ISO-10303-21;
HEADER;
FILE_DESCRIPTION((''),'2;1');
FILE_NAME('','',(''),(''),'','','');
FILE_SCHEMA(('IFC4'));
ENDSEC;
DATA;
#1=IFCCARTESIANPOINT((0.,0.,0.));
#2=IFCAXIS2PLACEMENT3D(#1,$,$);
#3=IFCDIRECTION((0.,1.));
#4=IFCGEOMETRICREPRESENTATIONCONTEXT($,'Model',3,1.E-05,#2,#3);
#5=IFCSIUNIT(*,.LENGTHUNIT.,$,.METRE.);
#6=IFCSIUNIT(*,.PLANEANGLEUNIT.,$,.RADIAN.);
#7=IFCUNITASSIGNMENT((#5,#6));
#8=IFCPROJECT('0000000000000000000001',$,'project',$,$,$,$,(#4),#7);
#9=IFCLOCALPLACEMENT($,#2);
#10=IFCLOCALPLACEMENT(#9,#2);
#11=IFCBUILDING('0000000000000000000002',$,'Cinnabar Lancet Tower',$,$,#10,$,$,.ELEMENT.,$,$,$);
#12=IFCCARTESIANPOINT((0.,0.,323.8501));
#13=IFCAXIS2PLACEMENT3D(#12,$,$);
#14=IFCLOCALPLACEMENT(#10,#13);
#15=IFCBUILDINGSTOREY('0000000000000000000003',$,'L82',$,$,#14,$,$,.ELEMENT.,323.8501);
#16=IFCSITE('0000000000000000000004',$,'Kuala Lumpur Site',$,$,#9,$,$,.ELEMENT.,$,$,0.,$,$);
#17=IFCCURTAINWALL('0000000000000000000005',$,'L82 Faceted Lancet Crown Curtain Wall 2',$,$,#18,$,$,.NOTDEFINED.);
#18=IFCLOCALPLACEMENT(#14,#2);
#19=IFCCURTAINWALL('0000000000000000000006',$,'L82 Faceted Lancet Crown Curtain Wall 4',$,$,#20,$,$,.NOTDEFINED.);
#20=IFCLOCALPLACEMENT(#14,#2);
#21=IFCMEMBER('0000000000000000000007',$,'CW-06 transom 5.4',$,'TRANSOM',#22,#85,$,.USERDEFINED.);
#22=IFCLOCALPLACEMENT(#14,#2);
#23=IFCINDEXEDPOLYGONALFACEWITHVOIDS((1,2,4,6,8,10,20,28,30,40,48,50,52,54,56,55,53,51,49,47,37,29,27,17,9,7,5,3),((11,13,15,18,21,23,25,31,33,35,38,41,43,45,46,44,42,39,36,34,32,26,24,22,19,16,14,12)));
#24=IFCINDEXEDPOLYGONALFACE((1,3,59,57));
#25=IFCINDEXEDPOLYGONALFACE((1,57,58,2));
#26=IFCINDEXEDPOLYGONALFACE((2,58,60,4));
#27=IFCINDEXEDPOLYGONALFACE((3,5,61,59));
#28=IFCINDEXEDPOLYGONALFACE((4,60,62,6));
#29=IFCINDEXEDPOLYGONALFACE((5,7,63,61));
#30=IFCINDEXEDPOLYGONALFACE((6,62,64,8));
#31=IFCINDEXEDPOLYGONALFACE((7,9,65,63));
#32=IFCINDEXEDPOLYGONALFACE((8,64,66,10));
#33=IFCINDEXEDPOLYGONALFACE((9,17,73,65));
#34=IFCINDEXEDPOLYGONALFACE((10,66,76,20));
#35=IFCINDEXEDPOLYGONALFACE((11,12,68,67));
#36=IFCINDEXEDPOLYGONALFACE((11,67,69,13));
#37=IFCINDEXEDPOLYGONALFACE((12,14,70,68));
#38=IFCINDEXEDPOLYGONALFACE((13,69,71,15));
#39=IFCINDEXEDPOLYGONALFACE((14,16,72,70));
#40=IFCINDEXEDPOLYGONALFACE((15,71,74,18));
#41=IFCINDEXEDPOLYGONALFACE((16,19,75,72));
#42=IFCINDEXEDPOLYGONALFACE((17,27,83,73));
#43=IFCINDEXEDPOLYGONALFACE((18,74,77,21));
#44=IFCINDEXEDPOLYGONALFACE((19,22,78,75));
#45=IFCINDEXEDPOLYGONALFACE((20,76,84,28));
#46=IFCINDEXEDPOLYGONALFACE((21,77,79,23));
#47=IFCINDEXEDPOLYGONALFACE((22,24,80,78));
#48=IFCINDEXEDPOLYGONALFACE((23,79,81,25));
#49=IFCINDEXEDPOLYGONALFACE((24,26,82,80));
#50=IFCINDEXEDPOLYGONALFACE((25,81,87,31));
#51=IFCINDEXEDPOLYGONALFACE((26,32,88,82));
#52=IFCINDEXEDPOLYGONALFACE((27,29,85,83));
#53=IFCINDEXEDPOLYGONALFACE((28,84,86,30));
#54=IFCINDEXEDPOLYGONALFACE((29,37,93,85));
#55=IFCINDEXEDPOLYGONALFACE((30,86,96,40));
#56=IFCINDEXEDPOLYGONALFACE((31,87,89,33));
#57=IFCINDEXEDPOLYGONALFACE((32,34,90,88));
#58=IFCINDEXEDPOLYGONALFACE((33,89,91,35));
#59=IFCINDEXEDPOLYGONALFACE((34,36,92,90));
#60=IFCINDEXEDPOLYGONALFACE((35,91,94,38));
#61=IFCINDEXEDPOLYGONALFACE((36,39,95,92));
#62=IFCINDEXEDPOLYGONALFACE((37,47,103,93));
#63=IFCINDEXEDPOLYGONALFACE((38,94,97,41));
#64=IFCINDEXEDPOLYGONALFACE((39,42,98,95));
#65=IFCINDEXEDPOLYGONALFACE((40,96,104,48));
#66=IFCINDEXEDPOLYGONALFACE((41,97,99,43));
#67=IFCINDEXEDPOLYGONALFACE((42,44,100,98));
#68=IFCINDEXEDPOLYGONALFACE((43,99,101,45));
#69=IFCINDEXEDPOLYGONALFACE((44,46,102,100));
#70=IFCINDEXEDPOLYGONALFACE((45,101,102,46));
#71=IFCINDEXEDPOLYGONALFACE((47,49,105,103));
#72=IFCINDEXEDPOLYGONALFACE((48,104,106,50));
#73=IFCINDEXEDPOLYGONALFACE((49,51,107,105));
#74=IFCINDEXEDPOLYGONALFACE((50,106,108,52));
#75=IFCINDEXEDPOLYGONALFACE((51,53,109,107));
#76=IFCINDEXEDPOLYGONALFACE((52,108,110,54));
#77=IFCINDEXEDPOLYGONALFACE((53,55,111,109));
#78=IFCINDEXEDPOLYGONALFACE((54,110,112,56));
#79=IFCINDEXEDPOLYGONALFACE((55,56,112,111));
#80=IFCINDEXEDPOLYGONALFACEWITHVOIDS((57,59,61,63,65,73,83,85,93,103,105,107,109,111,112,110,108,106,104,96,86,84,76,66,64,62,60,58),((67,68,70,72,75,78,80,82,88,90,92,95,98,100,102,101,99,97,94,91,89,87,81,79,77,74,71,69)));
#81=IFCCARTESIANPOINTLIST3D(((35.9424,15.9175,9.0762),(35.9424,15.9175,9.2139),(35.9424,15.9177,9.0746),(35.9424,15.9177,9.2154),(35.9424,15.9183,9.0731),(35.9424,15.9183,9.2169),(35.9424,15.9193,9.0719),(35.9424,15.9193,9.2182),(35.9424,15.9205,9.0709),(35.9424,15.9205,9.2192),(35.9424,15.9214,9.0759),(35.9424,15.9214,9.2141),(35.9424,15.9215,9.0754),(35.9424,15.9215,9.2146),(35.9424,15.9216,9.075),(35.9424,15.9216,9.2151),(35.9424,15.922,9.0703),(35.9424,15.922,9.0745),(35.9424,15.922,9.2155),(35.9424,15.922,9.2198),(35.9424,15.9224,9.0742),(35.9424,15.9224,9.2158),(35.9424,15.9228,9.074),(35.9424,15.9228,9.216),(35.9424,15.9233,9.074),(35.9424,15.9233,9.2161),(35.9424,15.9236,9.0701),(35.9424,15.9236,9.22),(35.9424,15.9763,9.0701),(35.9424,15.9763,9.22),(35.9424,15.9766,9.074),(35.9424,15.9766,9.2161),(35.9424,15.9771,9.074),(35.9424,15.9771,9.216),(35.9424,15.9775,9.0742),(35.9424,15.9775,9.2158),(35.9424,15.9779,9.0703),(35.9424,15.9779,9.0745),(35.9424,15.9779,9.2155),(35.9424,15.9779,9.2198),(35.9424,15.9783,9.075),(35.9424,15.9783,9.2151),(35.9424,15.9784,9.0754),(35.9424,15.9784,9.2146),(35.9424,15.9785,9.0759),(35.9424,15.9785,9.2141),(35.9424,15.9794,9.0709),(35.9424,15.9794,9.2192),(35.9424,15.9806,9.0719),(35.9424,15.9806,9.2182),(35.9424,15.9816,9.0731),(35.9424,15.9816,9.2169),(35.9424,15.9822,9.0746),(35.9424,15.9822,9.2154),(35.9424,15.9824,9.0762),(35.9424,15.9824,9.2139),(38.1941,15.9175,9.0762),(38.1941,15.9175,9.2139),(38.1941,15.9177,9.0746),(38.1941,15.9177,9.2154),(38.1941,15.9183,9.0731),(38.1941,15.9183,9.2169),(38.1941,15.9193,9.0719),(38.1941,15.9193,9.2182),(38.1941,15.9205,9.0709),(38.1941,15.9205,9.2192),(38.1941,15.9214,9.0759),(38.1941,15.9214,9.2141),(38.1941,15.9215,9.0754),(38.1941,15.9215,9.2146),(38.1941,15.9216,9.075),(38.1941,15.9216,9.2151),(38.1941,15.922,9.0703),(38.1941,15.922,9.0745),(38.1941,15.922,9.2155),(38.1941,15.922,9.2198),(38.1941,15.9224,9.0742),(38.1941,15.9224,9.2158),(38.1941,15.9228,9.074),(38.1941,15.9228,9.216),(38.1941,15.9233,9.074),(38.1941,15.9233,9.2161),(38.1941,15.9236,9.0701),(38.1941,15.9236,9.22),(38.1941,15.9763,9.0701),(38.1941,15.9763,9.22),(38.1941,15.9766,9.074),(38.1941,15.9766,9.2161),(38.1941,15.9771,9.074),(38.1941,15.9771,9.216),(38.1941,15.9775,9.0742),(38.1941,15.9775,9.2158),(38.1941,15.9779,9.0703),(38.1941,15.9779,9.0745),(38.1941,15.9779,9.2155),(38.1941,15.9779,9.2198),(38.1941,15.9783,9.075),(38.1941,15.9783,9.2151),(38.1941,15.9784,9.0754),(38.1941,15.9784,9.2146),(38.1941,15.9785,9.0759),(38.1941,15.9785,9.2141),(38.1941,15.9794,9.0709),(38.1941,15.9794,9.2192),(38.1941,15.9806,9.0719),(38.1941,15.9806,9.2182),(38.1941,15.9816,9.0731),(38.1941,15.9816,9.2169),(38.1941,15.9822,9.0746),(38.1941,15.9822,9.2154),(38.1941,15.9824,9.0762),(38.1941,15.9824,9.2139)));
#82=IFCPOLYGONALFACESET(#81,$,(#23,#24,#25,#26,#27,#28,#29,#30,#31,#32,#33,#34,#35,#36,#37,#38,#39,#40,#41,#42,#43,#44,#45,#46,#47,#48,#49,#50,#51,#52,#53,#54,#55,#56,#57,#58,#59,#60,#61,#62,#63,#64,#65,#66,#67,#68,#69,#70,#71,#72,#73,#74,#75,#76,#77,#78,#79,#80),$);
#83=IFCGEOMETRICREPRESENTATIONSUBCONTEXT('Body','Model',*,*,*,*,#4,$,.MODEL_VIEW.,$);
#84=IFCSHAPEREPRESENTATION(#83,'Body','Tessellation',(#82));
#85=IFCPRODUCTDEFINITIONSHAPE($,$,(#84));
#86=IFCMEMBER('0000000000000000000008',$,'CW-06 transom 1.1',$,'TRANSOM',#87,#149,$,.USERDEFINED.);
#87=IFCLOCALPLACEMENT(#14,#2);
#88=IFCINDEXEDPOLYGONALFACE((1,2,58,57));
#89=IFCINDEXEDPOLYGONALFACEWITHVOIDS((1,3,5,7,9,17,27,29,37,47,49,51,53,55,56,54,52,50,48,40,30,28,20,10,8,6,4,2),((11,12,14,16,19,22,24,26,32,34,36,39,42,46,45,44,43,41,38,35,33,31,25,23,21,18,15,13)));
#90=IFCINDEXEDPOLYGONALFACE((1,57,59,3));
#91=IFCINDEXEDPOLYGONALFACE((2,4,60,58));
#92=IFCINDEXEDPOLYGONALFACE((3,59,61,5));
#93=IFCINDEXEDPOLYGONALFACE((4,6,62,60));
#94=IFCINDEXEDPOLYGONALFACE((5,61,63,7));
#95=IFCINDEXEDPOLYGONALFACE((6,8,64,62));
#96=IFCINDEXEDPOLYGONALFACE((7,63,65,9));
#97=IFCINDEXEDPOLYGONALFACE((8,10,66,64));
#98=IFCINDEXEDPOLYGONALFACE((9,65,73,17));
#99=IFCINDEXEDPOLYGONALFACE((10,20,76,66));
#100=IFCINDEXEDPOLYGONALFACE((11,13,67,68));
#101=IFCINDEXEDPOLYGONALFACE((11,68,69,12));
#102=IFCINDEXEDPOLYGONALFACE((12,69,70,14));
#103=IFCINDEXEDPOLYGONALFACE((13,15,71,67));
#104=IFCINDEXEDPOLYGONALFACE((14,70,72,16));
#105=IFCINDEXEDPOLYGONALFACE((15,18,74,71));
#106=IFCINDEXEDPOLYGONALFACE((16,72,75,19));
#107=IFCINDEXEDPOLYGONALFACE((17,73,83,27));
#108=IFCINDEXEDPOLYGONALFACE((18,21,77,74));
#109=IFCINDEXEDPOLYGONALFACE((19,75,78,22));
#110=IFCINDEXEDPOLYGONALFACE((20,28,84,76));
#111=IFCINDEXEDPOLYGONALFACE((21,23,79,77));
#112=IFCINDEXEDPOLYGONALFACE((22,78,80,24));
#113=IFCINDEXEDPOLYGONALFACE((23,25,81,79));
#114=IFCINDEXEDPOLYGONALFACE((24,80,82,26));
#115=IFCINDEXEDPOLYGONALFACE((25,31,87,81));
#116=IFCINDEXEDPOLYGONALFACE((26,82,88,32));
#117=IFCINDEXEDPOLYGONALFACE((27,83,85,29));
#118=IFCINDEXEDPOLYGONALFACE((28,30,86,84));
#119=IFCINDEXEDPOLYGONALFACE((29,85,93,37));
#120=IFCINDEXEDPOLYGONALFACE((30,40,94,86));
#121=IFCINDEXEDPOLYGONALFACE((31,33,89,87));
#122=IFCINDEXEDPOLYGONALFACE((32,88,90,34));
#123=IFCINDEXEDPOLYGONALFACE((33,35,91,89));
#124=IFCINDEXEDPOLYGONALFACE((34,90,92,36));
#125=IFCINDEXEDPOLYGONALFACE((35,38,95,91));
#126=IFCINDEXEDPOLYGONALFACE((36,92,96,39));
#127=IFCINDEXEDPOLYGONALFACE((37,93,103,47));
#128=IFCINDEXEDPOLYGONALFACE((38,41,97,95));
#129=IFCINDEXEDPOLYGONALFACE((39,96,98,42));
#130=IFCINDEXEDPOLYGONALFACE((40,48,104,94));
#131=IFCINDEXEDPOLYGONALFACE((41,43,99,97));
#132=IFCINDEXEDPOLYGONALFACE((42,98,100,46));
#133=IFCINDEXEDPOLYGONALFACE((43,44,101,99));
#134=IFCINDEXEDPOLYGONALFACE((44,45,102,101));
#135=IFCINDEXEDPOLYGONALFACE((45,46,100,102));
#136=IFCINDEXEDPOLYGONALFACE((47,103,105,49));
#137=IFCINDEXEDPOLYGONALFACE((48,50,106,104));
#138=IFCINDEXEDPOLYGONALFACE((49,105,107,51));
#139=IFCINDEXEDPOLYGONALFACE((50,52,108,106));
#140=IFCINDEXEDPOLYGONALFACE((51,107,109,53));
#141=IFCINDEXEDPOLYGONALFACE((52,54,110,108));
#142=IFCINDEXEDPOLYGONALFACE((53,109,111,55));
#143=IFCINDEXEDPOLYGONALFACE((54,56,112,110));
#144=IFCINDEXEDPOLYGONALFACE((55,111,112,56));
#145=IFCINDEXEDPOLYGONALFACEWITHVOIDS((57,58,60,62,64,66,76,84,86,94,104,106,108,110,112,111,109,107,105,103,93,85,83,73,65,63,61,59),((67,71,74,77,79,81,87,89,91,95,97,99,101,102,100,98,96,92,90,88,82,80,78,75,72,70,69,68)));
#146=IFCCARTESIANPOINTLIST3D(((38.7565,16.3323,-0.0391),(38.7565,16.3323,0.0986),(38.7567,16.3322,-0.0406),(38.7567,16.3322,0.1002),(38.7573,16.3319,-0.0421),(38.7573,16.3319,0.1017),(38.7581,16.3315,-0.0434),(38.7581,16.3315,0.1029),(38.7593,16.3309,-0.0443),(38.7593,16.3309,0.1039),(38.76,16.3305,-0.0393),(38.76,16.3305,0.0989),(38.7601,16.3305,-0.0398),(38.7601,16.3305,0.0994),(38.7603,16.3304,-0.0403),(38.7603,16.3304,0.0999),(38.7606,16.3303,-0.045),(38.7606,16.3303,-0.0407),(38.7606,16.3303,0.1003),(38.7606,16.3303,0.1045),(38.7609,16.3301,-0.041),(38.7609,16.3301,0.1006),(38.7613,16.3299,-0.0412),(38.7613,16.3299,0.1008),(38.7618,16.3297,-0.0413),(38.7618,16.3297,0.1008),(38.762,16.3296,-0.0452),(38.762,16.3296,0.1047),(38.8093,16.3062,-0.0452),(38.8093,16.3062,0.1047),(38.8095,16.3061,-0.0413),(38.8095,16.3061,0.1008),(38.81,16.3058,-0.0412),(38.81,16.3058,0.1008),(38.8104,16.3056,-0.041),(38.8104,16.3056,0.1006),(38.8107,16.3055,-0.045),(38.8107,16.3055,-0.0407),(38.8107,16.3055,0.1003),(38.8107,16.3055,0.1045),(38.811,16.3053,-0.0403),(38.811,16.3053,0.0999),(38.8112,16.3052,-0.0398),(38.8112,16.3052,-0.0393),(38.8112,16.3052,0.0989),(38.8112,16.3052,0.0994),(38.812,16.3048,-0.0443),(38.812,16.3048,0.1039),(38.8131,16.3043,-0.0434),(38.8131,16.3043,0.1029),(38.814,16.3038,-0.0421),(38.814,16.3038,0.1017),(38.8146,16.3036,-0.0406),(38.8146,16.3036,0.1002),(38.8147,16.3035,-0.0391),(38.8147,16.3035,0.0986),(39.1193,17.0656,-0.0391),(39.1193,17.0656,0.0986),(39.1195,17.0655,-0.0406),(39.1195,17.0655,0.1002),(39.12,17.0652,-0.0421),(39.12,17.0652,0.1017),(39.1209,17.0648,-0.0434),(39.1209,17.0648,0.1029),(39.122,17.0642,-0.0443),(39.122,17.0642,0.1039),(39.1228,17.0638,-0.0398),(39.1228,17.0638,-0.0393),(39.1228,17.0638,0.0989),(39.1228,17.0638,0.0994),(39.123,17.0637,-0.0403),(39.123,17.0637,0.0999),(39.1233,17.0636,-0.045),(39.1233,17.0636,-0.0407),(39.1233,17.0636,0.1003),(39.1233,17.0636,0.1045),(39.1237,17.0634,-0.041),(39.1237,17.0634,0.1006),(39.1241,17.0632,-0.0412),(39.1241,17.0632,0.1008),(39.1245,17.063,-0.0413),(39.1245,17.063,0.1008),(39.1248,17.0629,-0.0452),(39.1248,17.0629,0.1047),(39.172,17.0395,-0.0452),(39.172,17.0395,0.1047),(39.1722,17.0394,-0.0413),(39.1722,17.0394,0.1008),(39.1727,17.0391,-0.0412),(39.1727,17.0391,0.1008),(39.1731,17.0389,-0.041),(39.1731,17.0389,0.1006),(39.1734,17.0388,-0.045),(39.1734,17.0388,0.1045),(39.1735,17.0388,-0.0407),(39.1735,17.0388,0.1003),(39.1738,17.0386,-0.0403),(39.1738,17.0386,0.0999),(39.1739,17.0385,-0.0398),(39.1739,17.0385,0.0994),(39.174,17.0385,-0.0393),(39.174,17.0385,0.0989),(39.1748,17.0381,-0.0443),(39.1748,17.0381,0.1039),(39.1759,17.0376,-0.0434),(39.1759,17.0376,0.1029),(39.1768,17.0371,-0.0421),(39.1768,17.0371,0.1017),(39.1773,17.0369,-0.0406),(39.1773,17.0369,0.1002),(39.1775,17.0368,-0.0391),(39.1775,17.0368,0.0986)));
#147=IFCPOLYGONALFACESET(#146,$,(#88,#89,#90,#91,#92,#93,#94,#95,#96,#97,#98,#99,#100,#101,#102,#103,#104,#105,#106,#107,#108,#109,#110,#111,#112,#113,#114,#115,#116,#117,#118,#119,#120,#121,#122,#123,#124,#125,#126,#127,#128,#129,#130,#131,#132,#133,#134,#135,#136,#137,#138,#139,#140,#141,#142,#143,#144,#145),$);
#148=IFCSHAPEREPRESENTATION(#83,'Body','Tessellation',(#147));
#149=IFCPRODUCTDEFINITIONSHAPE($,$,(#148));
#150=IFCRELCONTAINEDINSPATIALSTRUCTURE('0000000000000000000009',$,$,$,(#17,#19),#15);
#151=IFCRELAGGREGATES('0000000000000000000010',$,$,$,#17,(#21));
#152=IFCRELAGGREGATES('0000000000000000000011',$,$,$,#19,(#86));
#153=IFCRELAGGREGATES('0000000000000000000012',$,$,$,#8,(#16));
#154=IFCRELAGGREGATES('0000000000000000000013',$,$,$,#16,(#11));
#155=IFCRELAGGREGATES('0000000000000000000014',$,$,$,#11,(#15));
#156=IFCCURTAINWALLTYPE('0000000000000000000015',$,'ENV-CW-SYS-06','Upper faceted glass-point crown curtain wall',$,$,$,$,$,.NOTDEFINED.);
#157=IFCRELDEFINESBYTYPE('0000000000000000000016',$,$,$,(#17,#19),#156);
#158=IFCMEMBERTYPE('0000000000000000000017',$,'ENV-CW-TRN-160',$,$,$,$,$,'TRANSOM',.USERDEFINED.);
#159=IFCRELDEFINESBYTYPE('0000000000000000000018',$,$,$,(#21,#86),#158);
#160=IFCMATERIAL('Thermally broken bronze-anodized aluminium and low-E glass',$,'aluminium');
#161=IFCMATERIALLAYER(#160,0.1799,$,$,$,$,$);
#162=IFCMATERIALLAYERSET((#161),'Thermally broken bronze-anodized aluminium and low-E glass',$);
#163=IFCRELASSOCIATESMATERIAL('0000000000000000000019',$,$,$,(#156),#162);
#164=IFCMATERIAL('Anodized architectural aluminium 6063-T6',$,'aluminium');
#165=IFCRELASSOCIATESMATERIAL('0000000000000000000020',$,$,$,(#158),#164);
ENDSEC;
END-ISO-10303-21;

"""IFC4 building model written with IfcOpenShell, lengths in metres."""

from ifc_helpers import new_model, si_unit, direction, frame, origin, origin_2d, place, context, subcontext, project, spatial, hollow_rectangle, extrude, material, layer, layer_set, material_profile, profile_set, type_object, element, aggregate, save


model = new_model("IFC4")

# Units and contexts
model_context = context("Model", 3, precision=1e-05, world=origin(), true_north=direction((0.0, 1.0)))
body_context = subcontext(model_context, "Body", "Model", "MODEL_VIEW")
ifc_project = project(units=[si_unit("LENGTHUNIT", "METRE"), si_unit("PLANEANGLEUNIT", "RADIAN")], contexts=[model_context])

# Site, building, storey
site_placement = place(None, origin())
site = spatial("IfcSite", under=ifc_project, at=site_placement, Name="Kuala Lumpur Site", CompositionType="ELEMENT", RefElevation=0.0)
building_placement = place(site_placement, origin())
building = spatial("IfcBuilding", under=site, at=building_placement, Name="Cinnabar Lancet Tower", CompositionType="ELEMENT")
storey_placement = place(building_placement, frame((0.0, 0.0, 323.8501)))
storey = spatial("IfcBuildingStorey", under=building, at=storey_placement, Name="L82", CompositionType="ELEMENT", Elevation=323.8501)

# Curtain walls
ifc_material_1 = material(Name="Thermally broken bronze-anodized aluminium and low-E glass", Category="aluminium")
ifc_layer_1 = layer(ifc_material_1, 0.1799)
ifc_layer_set_1 = layer_set([ifc_layer_1], Name="Thermally broken bronze-anodized aluminium and low-E glass")
curtain_wall_type = type_object("IfcCurtainWallType", Name="ENV-CW-SYS-06", Description="Upper faceted glass-point crown curtain wall", PredefinedType="NOTDEFINED", material=ifc_layer_set_1)
curtain_wall_1_placement = place(storey_placement, origin())
curtain_wall_1 = element("IfcCurtainWall", 1, at=curtain_wall_1_placement, inside=storey, type_object=curtain_wall_type, Name="L82 Faceted Lancet Crown Curtain Wall 2", PredefinedType="NOTDEFINED")
curtain_wall_2_placement = place(storey_placement, origin())
curtain_wall_2 = element("IfcCurtainWall", 2, at=curtain_wall_2_placement, inside=storey, type_object=curtain_wall_type, Name="L82 Faceted Lancet Crown Curtain Wall 4", PredefinedType="NOTDEFINED")

# Members
ifc_material_2 = material(Name="Anodized architectural aluminium 6063-T6", Category="aluminium")
ifc_material_profile_1 = material_profile(ifc_material_2, hollow_rectangle(XDim=0.0649, YDim=0.1499, WallThickness=0.0039, InnerFilletRadius=0.002, OuterFilletRadius=0.0061, at=origin_2d()), Name="CW-TRN 150x65x4")
ifc_profile_set_1 = profile_set([ifc_material_profile_1], Name="Anodized architectural aluminium 6063-T6")
member_type_1 = type_object("IfcMemberType", Name="ENV-CW-TRN-160", ElementType="TRANSOM", PredefinedType="USERDEFINED", material=ifc_profile_set_1)
member_1_placement = place(storey_placement, frame((35.9424, 15.95, 9.145), z_axis=(1.0, 0.0, 0.0), x_axis=(0.0, 1.0, 0.0)))
member_1 = element("IfcMember", 3, at=member_1_placement, type_object=member_type_1, Name="CW-06 transom 5.4", ObjectType="TRANSOM", PredefinedType="USERDEFINED", context=body_context, shape_type="SweptSolid", body=[
    extrude(hollow_rectangle(XDim=0.0649, YDim=0.1499, WallThickness=0.0039, InnerFilletRadius=0.002, OuterFilletRadius=0.0061, at=origin_2d()), origin(), (0.0, 0.0, 1.0), 2.2517),
])
member_2_placement = place(storey_placement, frame((38.7856, 16.3179, 0.0298), z_axis=(0.44339, 0.896329, 0.0), x_axis=(-0.896329, 0.44339, 0.0)))
member_2 = element("IfcMember", 4, at=member_2_placement, type_object=member_type_1, Name="CW-06 transom 1.1", ObjectType="TRANSOM", PredefinedType="USERDEFINED", context=body_context, shape_type="SweptSolid", body=[
    extrude(hollow_rectangle(XDim=0.0649, YDim=0.1499, WallThickness=0.0039, InnerFilletRadius=0.002, OuterFilletRadius=0.0061, at=origin_2d()), origin(), (0.0, 0.0, 1.0), 0.8181),
])

aggregate(curtain_wall_1, [member_1])
aggregate(curtain_wall_2, [member_2])

save(model, "model.ifc")
